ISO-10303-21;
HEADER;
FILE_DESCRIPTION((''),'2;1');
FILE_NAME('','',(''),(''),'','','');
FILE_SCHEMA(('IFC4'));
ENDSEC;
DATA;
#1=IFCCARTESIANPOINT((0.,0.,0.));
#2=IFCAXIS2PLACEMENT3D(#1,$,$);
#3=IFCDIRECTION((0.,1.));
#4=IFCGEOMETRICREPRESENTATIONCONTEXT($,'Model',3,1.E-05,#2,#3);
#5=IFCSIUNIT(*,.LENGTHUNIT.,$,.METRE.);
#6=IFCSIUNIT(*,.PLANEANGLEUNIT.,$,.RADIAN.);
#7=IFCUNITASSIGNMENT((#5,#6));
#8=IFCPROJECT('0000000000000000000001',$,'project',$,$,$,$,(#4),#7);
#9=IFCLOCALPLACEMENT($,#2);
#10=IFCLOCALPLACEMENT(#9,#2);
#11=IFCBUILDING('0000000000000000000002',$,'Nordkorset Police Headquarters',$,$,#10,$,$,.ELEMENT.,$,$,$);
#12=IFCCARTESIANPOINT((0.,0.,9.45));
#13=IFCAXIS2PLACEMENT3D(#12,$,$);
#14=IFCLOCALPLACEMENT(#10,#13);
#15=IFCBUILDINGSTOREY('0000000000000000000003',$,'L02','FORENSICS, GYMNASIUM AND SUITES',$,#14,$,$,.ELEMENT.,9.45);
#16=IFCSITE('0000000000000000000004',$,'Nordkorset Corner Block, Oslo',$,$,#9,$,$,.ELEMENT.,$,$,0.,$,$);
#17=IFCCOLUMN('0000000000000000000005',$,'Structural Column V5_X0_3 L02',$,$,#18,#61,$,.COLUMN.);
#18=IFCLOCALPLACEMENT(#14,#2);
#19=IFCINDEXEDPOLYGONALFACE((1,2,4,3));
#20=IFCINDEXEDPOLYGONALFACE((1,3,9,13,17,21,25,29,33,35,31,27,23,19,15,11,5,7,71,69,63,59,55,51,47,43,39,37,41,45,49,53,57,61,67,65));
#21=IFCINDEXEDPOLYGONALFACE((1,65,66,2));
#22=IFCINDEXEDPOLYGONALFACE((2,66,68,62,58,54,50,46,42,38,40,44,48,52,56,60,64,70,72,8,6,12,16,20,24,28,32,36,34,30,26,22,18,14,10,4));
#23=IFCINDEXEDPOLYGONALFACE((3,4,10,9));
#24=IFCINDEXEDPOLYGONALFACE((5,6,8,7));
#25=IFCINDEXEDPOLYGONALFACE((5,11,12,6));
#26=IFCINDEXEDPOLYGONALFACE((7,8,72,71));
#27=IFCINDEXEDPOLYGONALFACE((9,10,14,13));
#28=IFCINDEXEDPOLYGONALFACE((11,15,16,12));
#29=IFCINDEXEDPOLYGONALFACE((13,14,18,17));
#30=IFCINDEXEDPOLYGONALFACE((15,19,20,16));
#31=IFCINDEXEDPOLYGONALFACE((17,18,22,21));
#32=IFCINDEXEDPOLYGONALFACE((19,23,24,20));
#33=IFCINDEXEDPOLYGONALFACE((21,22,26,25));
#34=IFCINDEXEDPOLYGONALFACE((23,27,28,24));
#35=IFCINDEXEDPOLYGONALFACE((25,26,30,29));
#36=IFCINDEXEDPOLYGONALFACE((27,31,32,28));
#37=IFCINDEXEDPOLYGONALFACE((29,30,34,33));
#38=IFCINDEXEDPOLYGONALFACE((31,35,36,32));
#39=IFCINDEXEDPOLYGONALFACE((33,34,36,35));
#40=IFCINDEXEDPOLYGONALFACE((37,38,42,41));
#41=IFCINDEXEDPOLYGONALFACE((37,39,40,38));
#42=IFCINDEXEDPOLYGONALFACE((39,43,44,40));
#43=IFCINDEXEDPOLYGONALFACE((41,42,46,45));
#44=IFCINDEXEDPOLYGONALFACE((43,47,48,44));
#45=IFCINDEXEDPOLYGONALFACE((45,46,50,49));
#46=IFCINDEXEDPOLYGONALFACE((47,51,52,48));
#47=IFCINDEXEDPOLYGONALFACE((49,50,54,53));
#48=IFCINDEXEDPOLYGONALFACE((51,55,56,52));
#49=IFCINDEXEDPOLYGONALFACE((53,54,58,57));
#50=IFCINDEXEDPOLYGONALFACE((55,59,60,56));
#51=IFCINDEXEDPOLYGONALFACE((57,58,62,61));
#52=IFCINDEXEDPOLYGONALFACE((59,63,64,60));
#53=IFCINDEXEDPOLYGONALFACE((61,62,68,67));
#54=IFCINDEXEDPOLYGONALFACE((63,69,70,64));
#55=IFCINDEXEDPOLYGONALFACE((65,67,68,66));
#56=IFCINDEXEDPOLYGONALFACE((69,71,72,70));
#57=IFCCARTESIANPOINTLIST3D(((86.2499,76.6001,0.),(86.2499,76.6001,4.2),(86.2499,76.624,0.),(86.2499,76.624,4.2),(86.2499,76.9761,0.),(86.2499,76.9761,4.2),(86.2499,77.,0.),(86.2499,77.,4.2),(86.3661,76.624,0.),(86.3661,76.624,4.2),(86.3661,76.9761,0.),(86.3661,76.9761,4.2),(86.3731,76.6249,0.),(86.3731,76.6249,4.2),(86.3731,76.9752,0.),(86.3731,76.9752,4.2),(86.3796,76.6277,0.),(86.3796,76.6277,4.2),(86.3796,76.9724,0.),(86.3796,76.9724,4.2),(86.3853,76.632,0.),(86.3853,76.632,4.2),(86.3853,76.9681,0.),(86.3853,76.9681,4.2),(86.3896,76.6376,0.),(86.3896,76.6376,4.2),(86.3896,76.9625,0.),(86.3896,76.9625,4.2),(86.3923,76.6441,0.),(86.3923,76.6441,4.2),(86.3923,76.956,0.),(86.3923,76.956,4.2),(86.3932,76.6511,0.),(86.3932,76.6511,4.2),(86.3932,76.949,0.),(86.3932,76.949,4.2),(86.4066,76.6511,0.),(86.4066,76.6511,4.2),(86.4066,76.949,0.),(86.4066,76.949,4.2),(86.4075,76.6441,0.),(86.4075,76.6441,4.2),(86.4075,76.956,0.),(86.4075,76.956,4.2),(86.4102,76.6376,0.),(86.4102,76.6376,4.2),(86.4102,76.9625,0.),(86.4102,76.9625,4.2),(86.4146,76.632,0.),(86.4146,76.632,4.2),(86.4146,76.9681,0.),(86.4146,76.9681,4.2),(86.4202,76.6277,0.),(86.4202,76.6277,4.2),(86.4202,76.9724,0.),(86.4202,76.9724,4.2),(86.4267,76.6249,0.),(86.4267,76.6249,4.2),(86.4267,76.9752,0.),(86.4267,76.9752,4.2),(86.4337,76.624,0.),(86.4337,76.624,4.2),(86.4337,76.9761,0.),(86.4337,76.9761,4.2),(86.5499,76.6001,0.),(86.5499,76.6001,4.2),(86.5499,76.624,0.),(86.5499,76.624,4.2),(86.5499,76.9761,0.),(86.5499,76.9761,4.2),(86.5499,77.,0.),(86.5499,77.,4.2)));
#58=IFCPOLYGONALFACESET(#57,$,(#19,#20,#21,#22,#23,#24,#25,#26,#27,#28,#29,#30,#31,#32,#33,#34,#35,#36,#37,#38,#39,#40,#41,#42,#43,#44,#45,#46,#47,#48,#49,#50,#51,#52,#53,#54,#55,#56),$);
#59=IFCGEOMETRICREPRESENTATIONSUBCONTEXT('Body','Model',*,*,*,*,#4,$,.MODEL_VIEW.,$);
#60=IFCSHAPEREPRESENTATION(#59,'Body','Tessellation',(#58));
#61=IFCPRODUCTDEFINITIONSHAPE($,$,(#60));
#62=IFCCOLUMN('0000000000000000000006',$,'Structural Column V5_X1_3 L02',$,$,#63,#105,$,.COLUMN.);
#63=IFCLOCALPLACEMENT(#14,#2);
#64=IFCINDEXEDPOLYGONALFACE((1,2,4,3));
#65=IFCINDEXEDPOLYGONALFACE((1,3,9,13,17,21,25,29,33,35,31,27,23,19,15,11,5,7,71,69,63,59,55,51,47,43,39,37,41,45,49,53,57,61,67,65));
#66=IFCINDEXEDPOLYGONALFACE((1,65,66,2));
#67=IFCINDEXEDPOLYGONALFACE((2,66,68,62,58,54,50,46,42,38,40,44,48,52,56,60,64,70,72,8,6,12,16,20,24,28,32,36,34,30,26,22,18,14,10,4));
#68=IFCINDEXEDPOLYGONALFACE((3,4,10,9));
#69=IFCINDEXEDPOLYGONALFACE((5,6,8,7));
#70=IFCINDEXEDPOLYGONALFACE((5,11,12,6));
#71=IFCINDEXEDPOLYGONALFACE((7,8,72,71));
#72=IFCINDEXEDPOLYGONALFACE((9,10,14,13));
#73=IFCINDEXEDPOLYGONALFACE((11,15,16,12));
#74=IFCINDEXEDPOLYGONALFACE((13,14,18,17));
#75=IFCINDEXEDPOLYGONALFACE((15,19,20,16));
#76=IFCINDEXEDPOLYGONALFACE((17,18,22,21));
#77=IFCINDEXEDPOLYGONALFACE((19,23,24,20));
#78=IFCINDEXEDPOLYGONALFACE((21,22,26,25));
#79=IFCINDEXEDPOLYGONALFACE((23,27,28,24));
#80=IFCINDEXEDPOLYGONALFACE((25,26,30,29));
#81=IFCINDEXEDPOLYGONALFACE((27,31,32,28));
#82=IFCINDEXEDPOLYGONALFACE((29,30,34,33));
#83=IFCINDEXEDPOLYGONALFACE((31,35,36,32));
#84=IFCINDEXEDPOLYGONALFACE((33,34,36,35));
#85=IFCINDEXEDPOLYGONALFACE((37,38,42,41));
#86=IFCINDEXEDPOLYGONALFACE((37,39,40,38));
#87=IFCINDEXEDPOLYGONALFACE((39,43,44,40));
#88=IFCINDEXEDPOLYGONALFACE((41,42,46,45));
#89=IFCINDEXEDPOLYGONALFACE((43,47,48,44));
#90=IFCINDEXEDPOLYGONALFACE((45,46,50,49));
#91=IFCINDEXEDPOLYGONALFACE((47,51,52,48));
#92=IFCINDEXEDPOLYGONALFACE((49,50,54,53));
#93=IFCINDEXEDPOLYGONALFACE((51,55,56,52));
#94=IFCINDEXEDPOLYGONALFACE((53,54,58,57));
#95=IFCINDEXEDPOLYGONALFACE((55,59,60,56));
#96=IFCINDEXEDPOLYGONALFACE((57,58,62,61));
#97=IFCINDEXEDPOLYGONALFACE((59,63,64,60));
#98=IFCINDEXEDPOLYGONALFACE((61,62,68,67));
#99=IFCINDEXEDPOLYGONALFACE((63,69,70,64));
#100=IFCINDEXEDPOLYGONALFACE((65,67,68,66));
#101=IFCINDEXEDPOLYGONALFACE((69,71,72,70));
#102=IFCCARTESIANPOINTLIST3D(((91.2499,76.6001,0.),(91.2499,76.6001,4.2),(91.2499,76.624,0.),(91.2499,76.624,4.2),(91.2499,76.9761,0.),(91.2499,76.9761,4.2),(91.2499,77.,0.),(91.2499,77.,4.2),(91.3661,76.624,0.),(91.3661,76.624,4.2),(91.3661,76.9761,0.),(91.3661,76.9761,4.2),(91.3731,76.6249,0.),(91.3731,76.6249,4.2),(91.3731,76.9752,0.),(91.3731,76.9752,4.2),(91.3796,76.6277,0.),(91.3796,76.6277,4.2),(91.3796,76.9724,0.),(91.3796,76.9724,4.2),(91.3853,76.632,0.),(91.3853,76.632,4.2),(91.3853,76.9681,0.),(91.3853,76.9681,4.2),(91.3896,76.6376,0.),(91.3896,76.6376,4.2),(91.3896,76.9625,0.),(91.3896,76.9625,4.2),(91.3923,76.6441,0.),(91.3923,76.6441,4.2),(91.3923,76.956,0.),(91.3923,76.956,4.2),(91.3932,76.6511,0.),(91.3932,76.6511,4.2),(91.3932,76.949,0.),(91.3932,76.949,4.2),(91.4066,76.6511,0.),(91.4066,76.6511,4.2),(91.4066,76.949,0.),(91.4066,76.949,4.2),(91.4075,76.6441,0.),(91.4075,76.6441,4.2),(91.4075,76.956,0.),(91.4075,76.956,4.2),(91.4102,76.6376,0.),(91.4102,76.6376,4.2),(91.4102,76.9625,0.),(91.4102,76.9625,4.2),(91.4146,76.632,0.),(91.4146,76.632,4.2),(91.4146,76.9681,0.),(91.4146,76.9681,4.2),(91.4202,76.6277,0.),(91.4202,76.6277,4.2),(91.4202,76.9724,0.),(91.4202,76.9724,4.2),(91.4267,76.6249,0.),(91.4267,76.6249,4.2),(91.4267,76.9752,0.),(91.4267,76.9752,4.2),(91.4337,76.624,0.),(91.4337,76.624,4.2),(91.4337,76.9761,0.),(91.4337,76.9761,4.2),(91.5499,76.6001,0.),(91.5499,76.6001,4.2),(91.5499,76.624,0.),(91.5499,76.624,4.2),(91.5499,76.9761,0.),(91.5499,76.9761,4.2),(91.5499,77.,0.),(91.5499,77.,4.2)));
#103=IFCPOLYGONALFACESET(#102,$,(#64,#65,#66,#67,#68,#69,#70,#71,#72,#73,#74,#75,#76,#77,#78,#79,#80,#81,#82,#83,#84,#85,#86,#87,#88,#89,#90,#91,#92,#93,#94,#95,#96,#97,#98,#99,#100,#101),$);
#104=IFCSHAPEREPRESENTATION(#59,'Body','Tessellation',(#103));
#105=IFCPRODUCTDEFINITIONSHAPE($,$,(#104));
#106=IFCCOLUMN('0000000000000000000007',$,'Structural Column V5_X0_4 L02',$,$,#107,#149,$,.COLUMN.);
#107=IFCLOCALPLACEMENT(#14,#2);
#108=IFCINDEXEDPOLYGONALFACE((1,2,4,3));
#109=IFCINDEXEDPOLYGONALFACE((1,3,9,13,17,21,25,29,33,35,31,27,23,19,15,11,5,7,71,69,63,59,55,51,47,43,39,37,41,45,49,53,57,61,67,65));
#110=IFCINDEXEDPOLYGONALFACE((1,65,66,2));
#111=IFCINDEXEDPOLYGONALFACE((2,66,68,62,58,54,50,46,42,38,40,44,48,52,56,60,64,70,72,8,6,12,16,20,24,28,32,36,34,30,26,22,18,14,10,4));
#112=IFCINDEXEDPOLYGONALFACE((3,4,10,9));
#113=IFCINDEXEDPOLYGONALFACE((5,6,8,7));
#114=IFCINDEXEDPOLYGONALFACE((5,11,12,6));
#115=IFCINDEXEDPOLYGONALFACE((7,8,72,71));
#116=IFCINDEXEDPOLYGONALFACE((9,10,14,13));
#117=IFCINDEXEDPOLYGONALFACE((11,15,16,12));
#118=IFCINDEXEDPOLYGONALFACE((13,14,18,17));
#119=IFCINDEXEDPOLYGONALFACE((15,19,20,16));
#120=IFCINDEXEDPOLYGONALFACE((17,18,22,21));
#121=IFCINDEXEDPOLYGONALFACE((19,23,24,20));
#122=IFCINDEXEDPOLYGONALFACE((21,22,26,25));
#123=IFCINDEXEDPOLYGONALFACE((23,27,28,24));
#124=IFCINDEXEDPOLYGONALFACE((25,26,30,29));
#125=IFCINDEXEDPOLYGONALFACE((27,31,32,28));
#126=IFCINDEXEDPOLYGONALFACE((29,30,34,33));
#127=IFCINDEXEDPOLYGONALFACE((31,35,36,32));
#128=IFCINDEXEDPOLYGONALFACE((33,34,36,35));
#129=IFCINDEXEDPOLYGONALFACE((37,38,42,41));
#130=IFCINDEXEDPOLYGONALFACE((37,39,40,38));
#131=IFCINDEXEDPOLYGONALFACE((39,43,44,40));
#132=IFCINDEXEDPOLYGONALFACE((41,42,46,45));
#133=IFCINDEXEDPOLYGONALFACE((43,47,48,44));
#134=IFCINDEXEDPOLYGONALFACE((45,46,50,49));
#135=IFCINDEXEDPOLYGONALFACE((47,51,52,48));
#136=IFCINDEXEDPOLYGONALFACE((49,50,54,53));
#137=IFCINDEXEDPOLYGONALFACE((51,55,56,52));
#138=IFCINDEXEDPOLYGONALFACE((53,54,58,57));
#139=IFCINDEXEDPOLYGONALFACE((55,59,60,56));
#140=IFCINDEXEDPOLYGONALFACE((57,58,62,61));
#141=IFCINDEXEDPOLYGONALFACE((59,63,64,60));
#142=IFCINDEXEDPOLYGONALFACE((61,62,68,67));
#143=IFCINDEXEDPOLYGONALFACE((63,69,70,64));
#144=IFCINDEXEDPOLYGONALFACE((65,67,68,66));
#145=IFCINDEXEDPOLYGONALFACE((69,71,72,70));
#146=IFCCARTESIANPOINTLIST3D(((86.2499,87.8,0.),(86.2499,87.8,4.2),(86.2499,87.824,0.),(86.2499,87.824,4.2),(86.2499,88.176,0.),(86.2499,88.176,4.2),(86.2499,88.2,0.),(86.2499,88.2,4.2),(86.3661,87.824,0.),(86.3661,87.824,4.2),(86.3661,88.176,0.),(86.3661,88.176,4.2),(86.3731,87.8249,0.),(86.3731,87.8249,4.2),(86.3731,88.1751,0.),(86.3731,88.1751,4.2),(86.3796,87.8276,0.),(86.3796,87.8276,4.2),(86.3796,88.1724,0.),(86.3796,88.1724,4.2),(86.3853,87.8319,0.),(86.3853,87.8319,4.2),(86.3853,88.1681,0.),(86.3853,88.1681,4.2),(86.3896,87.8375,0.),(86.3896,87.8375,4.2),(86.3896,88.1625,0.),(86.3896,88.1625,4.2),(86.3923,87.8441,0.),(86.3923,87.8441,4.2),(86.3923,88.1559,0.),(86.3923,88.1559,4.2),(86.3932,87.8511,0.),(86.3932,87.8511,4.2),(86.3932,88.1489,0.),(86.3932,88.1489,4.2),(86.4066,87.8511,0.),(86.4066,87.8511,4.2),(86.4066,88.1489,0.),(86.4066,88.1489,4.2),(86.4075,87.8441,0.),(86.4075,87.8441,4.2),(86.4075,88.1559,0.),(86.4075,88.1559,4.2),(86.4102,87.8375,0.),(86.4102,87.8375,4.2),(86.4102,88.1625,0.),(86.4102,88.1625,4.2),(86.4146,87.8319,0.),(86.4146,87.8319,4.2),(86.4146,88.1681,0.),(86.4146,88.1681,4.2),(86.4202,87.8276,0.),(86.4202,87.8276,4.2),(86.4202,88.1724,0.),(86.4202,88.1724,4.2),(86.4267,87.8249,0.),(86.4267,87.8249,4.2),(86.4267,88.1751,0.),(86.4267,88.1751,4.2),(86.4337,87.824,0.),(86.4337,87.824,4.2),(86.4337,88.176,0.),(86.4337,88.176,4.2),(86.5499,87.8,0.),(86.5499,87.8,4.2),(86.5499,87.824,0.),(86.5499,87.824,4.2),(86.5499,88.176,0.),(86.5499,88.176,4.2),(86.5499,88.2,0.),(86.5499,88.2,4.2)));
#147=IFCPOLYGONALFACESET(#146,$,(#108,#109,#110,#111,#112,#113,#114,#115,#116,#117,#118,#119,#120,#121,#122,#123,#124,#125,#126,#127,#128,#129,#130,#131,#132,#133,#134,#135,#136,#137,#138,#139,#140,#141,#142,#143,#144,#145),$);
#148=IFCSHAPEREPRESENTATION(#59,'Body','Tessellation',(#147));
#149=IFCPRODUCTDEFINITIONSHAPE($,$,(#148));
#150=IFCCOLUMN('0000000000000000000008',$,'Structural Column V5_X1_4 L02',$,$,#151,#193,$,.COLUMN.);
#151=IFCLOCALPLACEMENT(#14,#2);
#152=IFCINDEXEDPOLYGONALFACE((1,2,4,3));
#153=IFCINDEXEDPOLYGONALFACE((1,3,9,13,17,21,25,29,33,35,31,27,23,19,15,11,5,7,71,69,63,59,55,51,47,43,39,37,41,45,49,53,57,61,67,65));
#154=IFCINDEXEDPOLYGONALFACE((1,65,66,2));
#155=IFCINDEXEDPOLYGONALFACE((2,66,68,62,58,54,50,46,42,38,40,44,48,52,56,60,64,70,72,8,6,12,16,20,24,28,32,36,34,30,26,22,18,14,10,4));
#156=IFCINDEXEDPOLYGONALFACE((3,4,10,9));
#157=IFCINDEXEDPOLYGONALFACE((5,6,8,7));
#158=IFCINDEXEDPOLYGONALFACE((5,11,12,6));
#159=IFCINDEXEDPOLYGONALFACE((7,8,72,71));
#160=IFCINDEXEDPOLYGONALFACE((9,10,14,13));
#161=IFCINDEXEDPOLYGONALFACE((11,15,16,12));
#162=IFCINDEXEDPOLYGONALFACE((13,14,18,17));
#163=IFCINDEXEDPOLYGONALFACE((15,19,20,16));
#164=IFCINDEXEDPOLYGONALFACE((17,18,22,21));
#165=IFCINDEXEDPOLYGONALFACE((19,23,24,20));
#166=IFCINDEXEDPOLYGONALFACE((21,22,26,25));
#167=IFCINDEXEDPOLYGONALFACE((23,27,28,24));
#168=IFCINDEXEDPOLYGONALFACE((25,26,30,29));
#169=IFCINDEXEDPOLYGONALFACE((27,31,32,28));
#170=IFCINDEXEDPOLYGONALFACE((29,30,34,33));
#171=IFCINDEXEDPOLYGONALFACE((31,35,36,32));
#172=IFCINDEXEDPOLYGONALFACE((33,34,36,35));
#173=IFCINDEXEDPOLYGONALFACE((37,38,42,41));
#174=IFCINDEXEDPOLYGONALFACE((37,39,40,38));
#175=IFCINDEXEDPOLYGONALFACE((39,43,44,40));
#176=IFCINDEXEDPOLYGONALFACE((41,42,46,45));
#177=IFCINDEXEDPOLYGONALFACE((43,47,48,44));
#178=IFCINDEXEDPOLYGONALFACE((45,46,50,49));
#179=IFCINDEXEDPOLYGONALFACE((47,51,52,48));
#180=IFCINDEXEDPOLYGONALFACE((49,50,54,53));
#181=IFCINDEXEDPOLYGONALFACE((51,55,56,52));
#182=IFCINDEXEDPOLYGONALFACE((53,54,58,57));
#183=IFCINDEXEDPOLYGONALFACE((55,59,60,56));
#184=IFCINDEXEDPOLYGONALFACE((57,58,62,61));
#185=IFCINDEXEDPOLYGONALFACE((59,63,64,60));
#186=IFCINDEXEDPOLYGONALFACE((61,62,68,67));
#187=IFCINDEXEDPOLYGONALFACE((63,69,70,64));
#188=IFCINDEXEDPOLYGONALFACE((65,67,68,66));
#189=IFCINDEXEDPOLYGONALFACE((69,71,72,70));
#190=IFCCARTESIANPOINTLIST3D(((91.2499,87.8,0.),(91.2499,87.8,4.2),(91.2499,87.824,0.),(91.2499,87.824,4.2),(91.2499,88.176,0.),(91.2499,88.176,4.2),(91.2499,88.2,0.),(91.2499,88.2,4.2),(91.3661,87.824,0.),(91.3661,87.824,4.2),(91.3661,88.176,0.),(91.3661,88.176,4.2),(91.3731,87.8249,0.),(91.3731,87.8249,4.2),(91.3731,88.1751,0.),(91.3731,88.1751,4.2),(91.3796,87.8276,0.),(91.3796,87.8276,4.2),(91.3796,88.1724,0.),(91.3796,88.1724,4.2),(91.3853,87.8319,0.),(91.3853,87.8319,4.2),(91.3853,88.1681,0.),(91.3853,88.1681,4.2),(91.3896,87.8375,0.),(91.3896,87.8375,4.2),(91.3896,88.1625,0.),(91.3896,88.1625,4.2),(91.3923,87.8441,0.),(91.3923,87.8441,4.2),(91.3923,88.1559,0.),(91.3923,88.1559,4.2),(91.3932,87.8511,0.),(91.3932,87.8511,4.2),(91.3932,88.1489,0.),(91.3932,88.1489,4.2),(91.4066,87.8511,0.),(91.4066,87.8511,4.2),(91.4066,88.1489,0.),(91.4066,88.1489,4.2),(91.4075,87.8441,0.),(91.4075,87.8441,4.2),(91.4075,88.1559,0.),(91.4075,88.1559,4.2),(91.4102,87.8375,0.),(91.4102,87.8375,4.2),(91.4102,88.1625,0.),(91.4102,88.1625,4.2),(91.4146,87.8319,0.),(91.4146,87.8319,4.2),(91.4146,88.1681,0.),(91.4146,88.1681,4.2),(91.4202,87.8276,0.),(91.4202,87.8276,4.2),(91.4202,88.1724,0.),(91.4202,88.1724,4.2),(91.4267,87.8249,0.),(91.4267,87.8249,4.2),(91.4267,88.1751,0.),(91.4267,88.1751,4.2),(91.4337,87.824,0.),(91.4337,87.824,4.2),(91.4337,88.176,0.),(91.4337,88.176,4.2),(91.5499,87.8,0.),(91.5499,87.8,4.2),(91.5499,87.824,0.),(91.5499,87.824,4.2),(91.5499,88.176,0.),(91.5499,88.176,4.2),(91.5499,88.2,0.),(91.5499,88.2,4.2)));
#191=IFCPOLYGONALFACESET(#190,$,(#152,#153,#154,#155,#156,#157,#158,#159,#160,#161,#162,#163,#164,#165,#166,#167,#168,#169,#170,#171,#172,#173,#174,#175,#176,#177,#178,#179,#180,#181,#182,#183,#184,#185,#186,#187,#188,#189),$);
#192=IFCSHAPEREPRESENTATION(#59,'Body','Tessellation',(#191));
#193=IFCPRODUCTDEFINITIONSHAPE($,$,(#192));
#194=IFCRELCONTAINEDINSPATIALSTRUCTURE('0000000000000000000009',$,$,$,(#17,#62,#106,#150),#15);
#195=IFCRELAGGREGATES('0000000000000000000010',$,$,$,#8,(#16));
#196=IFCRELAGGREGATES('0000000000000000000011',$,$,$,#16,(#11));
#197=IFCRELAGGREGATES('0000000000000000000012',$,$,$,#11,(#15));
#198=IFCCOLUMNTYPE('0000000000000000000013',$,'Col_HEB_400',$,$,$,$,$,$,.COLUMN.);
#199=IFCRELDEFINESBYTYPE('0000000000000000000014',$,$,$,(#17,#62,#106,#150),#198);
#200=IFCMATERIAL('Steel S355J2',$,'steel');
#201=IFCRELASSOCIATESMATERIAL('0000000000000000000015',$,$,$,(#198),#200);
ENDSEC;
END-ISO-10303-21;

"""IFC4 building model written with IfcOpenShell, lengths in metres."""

from ifc_helpers import new_model, si_unit, direction, frame, origin, origin_2d, place, context, subcontext, project, spatial, i_section, extrude, material, material_profile, profile_set, type_object, element, save


model = new_model("IFC4")

# Units and contexts
model_context = context("Model", 3, precision=1e-05, world=origin(), true_north=direction((0.0, 1.0)))
body_context = subcontext(model_context, "Body", "Model", "MODEL_VIEW")
ifc_project = project(units=[si_unit("LENGTHUNIT", "METRE"), si_unit("PLANEANGLEUNIT", "RADIAN")], contexts=[model_context])

# Site, building, storey
site_placement = place(None, origin())
site = spatial("IfcSite", under=ifc_project, at=site_placement, Name="Nordkorset Corner Block, Oslo", CompositionType="ELEMENT", RefElevation=0.0)
building_placement = place(site_placement, origin())
building = spatial("IfcBuilding", under=site, at=building_placement, Name="Nordkorset Police Headquarters", CompositionType="ELEMENT")
storey_placement = place(building_placement, frame((0.0, 0.0, 9.45)))
storey = spatial("IfcBuildingStorey", under=building, at=storey_placement, Name="L02", Description="FORENSICS, GYMNASIUM AND SUITES", CompositionType="ELEMENT", Elevation=9.45)

# Columns
ifc_material_1 = material(Name="Steel S355J2", Category="steel")
ifc_material_profile_1 = material_profile(ifc_material_1, i_section(OverallWidth=0.3, OverallDepth=0.3999, WebThickness=0.0134, FlangeThickness=0.0239, FilletRadius=0.0271, at=origin_2d()), Name="HEB 400")
ifc_profile_set_1 = profile_set([ifc_material_profile_1], Name="Steel S355J2")
column_type = type_object("IfcColumnType", Name="Col_HEB_400", PredefinedType="COLUMN", material=ifc_profile_set_1)
for number, where, z_axis, x_axis, name in (
    (1, (86.3999, 76.8, 0.0), (0.0, 0.0, 1.0), (1.0, 0.0, 0.0), "Structural Column V5_X0_3 L02"),
    (2, (91.3999, 76.8, 0.0), (0.0, 0.0, 1.0), (1.0, 0.0, 0.0), "Structural Column V5_X1_3 L02"),
    (3, (86.3999, 88.0, 0.0), (0.0, 0.0, 1.0), (1.0, 0.0, 0.0), "Structural Column V5_X0_4 L02"),
    (4, (91.3999, 88.0, 0.0), (0.0, 0.0, 1.0), (1.0, 0.0, 0.0), "Structural Column V5_X1_4 L02"),
):
    element("IfcColumn", number, at=place(storey_placement, frame(where, z_axis=z_axis, x_axis=x_axis)), inside=storey, type_object=column_type, Name=name, PredefinedType="COLUMN", context=body_context, shape_type="SweptSolid", body=[
        extrude(i_section(OverallWidth=0.3, OverallDepth=0.3999, WebThickness=0.0134, FlangeThickness=0.0239, FilletRadius=0.0271, at=origin_2d()), origin(), (0.0, 0.0, 1.0), 4.2),
    ])

save(model, "model.ifc")
